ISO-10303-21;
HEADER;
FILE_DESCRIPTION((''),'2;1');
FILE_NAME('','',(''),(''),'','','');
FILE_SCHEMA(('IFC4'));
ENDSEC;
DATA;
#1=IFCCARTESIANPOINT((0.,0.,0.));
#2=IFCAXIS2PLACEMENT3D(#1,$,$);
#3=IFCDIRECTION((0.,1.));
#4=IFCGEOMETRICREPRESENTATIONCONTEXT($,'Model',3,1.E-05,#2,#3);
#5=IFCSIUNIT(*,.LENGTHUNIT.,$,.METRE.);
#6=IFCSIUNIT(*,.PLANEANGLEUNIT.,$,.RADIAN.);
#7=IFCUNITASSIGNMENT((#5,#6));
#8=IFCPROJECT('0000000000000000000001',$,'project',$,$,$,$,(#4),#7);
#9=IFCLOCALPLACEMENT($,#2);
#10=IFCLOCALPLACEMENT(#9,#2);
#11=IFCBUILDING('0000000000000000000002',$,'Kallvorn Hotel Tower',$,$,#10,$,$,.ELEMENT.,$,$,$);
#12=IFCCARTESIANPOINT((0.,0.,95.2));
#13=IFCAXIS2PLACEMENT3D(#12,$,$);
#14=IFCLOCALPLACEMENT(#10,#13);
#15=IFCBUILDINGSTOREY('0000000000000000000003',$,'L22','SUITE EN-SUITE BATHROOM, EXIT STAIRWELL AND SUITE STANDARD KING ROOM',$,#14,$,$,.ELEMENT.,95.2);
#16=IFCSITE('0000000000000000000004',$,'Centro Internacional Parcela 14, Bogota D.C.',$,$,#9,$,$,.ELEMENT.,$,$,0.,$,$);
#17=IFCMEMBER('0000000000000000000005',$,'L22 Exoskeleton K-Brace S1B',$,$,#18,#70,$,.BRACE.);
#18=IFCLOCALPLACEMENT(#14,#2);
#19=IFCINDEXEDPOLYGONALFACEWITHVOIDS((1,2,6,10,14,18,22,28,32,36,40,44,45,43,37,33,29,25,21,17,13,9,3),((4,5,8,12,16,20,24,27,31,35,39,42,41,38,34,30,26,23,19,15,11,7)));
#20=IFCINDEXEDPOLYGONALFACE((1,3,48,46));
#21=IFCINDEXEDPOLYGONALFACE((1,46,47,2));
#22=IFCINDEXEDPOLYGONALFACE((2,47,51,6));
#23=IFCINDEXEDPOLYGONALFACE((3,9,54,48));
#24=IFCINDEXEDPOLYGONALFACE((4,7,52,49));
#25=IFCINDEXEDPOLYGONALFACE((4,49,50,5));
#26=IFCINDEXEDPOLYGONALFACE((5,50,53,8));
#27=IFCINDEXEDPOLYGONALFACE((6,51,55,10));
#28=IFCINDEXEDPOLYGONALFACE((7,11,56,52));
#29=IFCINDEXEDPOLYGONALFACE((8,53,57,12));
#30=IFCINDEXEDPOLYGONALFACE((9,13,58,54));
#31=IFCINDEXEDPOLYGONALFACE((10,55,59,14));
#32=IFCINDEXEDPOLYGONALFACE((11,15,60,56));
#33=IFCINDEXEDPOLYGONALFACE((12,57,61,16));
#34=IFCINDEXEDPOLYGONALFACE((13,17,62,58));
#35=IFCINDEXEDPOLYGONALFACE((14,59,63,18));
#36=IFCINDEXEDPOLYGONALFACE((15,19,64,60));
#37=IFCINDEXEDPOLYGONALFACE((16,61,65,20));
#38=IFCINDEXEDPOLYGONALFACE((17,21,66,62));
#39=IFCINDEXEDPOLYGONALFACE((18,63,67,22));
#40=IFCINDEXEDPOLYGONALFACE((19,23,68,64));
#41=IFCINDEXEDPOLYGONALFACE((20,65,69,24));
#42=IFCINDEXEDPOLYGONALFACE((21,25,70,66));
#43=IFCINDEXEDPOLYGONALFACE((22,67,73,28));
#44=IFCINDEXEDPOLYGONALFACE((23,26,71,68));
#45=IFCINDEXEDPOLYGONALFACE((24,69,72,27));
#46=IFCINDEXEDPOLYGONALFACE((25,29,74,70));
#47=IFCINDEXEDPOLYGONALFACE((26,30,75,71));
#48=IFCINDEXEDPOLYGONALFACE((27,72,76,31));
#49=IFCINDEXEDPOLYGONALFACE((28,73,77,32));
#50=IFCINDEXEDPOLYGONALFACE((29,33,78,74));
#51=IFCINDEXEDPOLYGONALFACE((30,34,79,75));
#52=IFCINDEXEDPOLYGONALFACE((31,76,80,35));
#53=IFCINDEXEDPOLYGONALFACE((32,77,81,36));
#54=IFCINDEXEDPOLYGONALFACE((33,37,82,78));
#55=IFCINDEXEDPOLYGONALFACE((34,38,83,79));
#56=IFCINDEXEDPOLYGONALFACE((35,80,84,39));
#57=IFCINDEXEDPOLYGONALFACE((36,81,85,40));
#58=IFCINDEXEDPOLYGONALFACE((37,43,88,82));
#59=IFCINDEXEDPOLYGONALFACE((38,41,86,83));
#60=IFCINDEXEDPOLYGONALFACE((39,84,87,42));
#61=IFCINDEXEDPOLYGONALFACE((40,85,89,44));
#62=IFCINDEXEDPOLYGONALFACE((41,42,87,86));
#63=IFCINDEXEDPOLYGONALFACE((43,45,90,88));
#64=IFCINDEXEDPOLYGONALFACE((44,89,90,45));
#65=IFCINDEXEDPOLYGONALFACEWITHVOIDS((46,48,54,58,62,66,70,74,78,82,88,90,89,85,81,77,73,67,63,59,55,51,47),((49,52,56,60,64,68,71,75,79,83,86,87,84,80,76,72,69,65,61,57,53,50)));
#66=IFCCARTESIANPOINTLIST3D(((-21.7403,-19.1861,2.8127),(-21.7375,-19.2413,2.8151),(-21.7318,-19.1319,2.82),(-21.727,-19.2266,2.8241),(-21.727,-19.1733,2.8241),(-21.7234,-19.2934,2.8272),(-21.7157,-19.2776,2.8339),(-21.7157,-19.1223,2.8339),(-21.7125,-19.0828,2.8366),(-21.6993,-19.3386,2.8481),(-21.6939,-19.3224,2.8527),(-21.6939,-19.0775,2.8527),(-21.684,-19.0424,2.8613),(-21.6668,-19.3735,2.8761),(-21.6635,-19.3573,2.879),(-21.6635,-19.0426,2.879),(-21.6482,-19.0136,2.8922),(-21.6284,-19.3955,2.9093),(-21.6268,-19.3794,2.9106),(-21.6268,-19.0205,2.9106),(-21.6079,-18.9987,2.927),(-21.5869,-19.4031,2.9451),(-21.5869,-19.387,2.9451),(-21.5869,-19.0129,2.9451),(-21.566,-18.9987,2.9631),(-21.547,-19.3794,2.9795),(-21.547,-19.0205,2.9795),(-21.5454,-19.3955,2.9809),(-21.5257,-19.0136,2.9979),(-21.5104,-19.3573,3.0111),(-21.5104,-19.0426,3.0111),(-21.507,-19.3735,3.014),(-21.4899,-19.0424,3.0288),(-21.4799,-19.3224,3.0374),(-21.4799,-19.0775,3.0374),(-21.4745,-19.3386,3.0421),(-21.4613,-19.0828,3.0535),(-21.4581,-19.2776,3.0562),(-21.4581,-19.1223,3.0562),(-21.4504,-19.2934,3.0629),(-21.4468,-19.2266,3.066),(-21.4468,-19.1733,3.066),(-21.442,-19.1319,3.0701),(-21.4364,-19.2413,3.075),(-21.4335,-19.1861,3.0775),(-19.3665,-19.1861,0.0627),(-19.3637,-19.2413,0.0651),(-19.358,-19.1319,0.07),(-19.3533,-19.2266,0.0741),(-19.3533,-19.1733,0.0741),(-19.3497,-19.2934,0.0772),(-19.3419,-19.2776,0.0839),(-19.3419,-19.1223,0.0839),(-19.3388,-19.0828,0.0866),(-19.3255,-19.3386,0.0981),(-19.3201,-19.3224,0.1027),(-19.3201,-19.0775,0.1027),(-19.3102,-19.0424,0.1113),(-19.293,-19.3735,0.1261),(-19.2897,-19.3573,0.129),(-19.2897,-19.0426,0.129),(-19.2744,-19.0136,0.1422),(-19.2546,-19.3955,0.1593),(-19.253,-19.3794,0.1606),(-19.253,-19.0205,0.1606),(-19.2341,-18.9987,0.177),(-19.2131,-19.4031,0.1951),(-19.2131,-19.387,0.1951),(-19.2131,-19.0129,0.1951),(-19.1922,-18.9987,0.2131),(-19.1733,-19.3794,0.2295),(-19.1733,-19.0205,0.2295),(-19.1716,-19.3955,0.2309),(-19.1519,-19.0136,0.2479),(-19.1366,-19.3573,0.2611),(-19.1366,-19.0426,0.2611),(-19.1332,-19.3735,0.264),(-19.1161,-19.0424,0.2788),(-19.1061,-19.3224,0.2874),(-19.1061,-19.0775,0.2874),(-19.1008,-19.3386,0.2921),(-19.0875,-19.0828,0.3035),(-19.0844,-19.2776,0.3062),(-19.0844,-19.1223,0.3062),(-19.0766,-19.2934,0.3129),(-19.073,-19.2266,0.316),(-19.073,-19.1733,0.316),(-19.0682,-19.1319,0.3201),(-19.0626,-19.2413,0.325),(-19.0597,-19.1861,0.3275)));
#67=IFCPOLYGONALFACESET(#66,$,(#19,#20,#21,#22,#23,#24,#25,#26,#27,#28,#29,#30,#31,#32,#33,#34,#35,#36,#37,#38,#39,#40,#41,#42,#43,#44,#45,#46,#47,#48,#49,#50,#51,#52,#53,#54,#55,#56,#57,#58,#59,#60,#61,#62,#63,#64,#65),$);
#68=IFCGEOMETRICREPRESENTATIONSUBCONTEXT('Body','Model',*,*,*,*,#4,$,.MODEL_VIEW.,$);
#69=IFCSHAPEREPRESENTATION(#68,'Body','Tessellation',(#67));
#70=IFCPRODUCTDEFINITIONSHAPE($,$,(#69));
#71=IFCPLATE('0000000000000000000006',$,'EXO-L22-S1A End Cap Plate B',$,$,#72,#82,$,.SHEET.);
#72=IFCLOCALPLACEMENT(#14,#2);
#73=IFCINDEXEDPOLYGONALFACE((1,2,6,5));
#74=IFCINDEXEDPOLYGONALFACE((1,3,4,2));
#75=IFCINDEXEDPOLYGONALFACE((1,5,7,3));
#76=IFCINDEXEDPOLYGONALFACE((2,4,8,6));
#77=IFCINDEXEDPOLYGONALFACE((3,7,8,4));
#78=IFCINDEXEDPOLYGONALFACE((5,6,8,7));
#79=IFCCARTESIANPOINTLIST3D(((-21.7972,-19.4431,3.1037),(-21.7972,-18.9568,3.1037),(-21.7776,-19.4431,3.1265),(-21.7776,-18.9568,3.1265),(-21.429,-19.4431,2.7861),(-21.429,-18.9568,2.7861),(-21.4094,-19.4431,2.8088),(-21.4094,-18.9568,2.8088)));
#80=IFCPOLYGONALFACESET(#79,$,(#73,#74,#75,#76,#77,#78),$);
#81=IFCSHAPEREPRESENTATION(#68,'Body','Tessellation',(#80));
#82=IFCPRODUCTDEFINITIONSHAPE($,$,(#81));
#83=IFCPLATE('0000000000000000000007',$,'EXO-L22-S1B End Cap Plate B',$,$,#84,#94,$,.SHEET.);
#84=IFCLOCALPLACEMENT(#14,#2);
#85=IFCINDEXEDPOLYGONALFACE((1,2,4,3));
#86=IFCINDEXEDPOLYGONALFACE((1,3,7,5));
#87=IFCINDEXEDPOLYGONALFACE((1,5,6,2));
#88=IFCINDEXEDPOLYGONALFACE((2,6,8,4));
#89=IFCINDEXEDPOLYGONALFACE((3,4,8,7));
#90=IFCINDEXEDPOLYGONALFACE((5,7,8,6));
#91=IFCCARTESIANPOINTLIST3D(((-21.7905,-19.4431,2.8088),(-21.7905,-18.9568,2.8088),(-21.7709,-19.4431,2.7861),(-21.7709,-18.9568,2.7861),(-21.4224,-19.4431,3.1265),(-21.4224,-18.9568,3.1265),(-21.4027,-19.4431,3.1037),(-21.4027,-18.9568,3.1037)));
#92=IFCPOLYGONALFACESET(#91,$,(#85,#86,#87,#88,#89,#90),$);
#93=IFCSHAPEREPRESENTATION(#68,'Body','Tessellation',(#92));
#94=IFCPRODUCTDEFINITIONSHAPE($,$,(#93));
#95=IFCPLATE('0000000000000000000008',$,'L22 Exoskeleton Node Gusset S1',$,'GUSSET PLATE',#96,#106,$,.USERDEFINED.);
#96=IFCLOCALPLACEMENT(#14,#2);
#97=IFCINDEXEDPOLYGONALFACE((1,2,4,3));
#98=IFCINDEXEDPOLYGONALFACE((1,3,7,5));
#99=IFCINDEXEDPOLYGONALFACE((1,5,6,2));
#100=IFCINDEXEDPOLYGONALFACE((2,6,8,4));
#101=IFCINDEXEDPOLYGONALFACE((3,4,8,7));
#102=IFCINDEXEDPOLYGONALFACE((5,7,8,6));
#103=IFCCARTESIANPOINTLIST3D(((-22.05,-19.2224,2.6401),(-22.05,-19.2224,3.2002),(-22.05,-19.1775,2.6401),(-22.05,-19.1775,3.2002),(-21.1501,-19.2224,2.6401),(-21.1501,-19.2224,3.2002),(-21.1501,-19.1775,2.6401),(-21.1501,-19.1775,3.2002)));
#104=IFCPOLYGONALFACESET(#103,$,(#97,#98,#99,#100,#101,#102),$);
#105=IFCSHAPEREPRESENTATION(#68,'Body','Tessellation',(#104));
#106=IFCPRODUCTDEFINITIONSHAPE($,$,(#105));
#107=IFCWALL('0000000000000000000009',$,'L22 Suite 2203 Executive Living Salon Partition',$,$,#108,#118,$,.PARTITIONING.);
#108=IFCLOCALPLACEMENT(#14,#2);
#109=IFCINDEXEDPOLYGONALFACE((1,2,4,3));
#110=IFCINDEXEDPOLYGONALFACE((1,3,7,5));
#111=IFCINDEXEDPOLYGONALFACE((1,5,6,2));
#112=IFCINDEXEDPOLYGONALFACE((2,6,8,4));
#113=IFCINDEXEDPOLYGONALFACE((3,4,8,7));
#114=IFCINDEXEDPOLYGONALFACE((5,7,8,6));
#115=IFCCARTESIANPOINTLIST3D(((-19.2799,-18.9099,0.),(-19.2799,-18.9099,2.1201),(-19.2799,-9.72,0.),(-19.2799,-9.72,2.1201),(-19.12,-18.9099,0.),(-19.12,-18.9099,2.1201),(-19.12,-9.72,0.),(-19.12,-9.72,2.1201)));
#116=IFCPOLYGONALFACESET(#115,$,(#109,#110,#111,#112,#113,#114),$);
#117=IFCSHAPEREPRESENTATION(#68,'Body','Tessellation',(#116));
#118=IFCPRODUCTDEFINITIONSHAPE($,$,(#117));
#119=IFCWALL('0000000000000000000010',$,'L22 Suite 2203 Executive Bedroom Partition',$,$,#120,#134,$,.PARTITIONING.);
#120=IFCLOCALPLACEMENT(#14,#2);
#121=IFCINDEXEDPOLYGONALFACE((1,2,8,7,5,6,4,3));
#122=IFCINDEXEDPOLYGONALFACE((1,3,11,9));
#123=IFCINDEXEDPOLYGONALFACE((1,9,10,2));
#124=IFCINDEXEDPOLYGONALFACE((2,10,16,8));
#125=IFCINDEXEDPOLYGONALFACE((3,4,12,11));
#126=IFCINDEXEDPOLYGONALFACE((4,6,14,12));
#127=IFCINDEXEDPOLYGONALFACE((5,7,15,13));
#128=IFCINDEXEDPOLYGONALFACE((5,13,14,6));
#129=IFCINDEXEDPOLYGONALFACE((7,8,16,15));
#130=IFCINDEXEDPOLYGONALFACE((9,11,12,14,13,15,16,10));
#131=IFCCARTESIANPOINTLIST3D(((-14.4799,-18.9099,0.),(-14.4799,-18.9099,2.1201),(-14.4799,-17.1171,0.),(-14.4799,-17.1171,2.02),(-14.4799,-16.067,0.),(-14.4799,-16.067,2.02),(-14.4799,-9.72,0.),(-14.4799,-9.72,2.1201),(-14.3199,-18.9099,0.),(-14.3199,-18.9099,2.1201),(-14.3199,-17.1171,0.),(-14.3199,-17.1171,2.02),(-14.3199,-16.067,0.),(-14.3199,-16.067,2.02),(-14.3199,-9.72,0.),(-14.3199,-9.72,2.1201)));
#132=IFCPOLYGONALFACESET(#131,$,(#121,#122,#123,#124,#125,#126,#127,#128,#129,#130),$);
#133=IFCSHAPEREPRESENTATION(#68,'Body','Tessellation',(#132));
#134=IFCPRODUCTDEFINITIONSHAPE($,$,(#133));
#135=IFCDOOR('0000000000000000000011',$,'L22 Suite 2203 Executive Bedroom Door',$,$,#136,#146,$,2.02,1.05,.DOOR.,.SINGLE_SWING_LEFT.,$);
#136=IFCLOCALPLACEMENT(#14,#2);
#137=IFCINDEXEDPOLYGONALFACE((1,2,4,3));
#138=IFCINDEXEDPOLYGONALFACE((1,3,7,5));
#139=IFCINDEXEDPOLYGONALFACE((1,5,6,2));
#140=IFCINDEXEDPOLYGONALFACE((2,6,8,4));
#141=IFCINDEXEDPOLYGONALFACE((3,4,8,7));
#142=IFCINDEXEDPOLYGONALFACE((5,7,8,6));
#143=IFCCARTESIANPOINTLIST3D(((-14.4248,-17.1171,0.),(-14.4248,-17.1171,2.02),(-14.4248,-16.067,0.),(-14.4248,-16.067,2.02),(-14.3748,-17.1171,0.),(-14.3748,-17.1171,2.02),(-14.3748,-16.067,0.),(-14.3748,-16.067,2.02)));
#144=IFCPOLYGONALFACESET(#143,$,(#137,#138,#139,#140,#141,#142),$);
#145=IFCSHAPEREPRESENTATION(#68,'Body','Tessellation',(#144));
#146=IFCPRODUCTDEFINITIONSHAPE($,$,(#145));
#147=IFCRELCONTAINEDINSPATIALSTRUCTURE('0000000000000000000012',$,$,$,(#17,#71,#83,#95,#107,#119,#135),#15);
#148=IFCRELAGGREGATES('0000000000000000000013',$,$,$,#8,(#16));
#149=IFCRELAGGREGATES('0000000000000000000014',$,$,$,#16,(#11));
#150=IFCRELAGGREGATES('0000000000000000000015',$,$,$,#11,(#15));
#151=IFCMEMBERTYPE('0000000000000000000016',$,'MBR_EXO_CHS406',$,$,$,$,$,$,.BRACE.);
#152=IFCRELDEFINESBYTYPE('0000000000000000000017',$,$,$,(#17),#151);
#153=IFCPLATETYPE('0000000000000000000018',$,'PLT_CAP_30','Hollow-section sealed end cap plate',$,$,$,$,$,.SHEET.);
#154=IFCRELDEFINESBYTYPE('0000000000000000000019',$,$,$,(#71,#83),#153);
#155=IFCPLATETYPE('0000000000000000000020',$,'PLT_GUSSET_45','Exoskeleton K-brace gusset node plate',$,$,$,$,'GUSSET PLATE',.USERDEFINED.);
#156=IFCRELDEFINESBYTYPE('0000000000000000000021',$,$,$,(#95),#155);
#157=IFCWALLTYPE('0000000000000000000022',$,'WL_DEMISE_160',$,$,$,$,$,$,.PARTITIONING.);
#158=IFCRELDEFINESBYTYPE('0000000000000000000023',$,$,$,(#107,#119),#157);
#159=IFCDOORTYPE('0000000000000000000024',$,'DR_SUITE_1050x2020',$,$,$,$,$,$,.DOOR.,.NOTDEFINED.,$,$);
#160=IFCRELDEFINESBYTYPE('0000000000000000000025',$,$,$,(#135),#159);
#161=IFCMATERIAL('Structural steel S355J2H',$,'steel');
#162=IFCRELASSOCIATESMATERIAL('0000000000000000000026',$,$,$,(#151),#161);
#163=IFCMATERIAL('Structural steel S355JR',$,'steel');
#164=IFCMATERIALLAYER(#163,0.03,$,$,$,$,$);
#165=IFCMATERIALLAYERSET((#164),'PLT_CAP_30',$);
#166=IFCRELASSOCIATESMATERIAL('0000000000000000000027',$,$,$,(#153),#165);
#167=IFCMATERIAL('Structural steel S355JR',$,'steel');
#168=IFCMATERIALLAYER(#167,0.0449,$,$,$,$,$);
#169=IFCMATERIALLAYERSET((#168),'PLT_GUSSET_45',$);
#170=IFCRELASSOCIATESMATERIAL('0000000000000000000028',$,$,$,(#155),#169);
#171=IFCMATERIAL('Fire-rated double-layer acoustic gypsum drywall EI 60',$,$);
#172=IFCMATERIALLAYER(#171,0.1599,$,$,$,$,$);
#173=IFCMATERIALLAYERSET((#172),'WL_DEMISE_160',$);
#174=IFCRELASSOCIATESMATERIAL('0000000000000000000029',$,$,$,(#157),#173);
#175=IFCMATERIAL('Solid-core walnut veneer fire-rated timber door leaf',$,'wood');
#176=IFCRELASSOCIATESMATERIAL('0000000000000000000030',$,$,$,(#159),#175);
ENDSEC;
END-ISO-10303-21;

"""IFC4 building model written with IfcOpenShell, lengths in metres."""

from ifc_helpers import new_model, si_unit, direction, frame, frame_2d, origin, origin_2d, place, context, subcontext, project, spatial, polyline, rectangle, hollow_circle, outline, extrude, material, layer, layer_set, material_profile, profile_set, type_object, element, fill, save


model = new_model("IFC4")

# Units and contexts
model_context = context("Model", 3, precision=1e-05, world=origin(), true_north=direction((0.0, 1.0)))
body_context = subcontext(model_context, "Body", "Model", "MODEL_VIEW")
ifc_project = project(units=[si_unit("LENGTHUNIT", "METRE"), si_unit("PLANEANGLEUNIT", "RADIAN")], contexts=[model_context])

# Site, building, storey
site_placement = place(None, origin())
site = spatial("IfcSite", under=ifc_project, at=site_placement, Name="Centro Internacional Parcela 14, Bogota D.C.", CompositionType="ELEMENT", RefElevation=0.0)
building_placement = place(site_placement, origin())
building = spatial("IfcBuilding", under=site, at=building_placement, Name="Kallvorn Hotel Tower", CompositionType="ELEMENT")
storey_placement = place(building_placement, frame((0.0, 0.0, 95.2)))
storey = spatial("IfcBuildingStorey", under=building, at=storey_placement, Name="L22", Description="SUITE EN-SUITE BATHROOM, EXIT STAIRWELL AND SUITE STANDARD KING ROOM", CompositionType="ELEMENT", Elevation=95.2)

# Member
ifc_material_1 = material(Name="Structural steel S355J2H", Category="steel")
ifc_material_profile_1 = material_profile(ifc_material_1, hollow_circle(Radius=0.2031, WallThickness=0.0161, at=origin_2d()), Name="CHS 406.4x16")
ifc_profile_set_1 = profile_set([ifc_material_profile_1], Name="Structural steel S355J2H")
member_type = type_object("IfcMemberType", Name="MBR_EXO_CHS406", PredefinedType="BRACE", material=ifc_profile_set_1)
member_placement = place(storey_placement, frame((-19.2131, -19.2, 0.1951), z_axis=(-0.653427, 0.0, 0.756989), x_axis=(0.0, -1.0, 0.0)))
element("IfcMember", 1, at=member_placement, inside=storey, type_object=member_type, Name="L22 Exoskeleton K-Brace S1B", PredefinedType="BRACE", context=body_context, shape_type="SweptSolid", body=[
    extrude(hollow_circle(Radius=0.2031, WallThickness=0.0161, at=origin_2d()), origin(), (0.0, 0.0, 1.0), 3.6328),
])

# Plates
ifc_material_2 = material(Name="Structural steel S355JR", Category="steel")
ifc_layer_1 = layer(ifc_material_2, 0.03)
ifc_layer_set_1 = layer_set([ifc_layer_1], Name="PLT_CAP_30")
plate_type_1 = type_object("IfcPlateType", Name="PLT_CAP_30", Description="Hollow-section sealed end cap plate", PredefinedType="SHEET", material=ifc_layer_set_1)
for number, where, z_axis, x_axis, name in (
    (2, (-21.4094, -19.4431, 2.8088), (0.653228, 0.0, 0.757162), (0.0, 1.0, 0.0), "EXO-L22-S1A End Cap Plate B"),
    (3, (-21.7905, -18.9568, 2.8088), (-0.653228, 0.0, 0.757162), (0.0, -1.0, 0.0), "EXO-L22-S1B End Cap Plate B"),
):
    element("IfcPlate", number, at=place(storey_placement, frame(where, z_axis=z_axis, x_axis=x_axis)), inside=storey, type_object=plate_type_1, Name=name, PredefinedType="SHEET", context=body_context, shape_type="SweptSolid", body=[
        extrude(outline(polyline([(0.0, 0.0), (0.4863, 0.0), (0.4863, 0.4862), (0.0, 0.4862), (0.0, 0.0)])), origin(), (0.0, 0.0, -1.0), 0.03),
    ])
ifc_material_3 = material(Name="Structural steel S355JR", Category="steel")
ifc_layer_2 = layer(ifc_material_3, 0.0449)
ifc_layer_set_2 = layer_set([ifc_layer_2], Name="PLT_GUSSET_45")
plate_type_2 = type_object("IfcPlateType", Name="PLT_GUSSET_45", Description="Exoskeleton K-brace gusset node plate", ElementType="GUSSET PLATE", PredefinedType="USERDEFINED", material=ifc_layer_set_2)
plate_placement = place(storey_placement, frame((-21.6001, -19.2, 2.6401), z_axis=(0.0, 0.0, 1.0), x_axis=(1.0, 0.0, 0.0)))
element("IfcPlate", 4, at=plate_placement, inside=storey, type_object=plate_type_2, Name="L22 Exoskeleton Node Gusset S1", ObjectType="GUSSET PLATE", PredefinedType="USERDEFINED", context=body_context, shape_type="SweptSolid", body=[
    extrude(rectangle(XDim=0.8999, YDim=0.0449, at=origin_2d()), origin(), (0.0, 0.0, 1.0), 0.5601),
])

# Wall
ifc_material_4 = material(Name="Fire-rated double-layer acoustic gypsum drywall EI 60")
ifc_layer_3 = layer(ifc_material_4, 0.1599)
ifc_layer_set_3 = layer_set([ifc_layer_3], Name="WL_DEMISE_160")
wall_type = type_object("IfcWallType", Name="WL_DEMISE_160", PredefinedType="PARTITIONING", material=ifc_layer_set_3)
wall_1_placement = place(storey_placement, frame((-19.2, -18.9099, 0.0), z_axis=(0.0, 0.0, 1.0), x_axis=(0.0, 1.0, 0.0)))
element("IfcWall", 5, at=wall_1_placement, inside=storey, type_object=wall_type, Name="L22 Suite 2203 Executive Living Salon Partition", PredefinedType="PARTITIONING", context=body_context, shape_type="SweptSolid", body=[
    extrude(rectangle(XDim=9.1899, YDim=0.1599, at=frame_2d((4.595, 0.0))), origin(), (0.0, 0.0, 1.0), 2.1201),
])

# Wall, opening, door
wall_2_placement = place(storey_placement, frame((-14.3999, -18.9099, 0.0), z_axis=(0.0, 0.0, 1.0), x_axis=(0.0, 1.0, 0.0)))
wall_2 = element("IfcWall", 6, at=wall_2_placement, inside=storey, type_object=wall_type, Name="L22 Suite 2203 Executive Bedroom Partition", PredefinedType="PARTITIONING", context=body_context, shape_type="SweptSolid", body=[
    extrude(rectangle(XDim=9.1899, YDim=0.1599, at=frame_2d((4.595, 0.0))), origin(), (0.0, 0.0, 1.0), 2.1201),
])
opening_placement = place(wall_2_placement, frame((1.793, 0.0, 0.0)))
opening = element("IfcOpeningElement", 7, at=opening_placement, cuts=wall_2, PredefinedType="OPENING", context=body_context, shape_type="SweptSolid", body=[
    extrude(rectangle(XDim=1.05, YDim=2.02, at=frame_2d((0.5249, 1.01))), frame((0.0, 0.095, 0.0), z_axis=(0.0, -1.0, 0.0), x_axis=(1.0, 0.0, 0.0)), (0.0, 0.0, 1.0), 0.1899),
])
ifc_material_5 = material(Name="Solid-core walnut veneer fire-rated timber door leaf", Category="wood")
door_type = type_object("IfcDoorType", Name="DR_SUITE_1050x2020", OperationType="NOTDEFINED", PredefinedType="DOOR", material=ifc_material_5)
door_placement = place(opening_placement, origin())
door = element("IfcDoor", 8, at=door_placement, inside=storey, type_object=door_type, Name="L22 Suite 2203 Executive Bedroom Door", OperationType="SINGLE_SWING_LEFT", OverallHeight=2.02, OverallWidth=1.05, PredefinedType="DOOR", context=body_context, shape_type="SweptSolid", body=[
    extrude(rectangle(XDim=1.05, YDim=2.02, at=frame_2d((0.5249, 1.01))), frame((0.0, 0.0249, 0.0), z_axis=(0.0, -1.0, 0.0), x_axis=(1.0, 0.0, 0.0)), (0.0, 0.0, 1.0), 0.05),
])
fill(opening, door)

save(model, "model.ifc")
